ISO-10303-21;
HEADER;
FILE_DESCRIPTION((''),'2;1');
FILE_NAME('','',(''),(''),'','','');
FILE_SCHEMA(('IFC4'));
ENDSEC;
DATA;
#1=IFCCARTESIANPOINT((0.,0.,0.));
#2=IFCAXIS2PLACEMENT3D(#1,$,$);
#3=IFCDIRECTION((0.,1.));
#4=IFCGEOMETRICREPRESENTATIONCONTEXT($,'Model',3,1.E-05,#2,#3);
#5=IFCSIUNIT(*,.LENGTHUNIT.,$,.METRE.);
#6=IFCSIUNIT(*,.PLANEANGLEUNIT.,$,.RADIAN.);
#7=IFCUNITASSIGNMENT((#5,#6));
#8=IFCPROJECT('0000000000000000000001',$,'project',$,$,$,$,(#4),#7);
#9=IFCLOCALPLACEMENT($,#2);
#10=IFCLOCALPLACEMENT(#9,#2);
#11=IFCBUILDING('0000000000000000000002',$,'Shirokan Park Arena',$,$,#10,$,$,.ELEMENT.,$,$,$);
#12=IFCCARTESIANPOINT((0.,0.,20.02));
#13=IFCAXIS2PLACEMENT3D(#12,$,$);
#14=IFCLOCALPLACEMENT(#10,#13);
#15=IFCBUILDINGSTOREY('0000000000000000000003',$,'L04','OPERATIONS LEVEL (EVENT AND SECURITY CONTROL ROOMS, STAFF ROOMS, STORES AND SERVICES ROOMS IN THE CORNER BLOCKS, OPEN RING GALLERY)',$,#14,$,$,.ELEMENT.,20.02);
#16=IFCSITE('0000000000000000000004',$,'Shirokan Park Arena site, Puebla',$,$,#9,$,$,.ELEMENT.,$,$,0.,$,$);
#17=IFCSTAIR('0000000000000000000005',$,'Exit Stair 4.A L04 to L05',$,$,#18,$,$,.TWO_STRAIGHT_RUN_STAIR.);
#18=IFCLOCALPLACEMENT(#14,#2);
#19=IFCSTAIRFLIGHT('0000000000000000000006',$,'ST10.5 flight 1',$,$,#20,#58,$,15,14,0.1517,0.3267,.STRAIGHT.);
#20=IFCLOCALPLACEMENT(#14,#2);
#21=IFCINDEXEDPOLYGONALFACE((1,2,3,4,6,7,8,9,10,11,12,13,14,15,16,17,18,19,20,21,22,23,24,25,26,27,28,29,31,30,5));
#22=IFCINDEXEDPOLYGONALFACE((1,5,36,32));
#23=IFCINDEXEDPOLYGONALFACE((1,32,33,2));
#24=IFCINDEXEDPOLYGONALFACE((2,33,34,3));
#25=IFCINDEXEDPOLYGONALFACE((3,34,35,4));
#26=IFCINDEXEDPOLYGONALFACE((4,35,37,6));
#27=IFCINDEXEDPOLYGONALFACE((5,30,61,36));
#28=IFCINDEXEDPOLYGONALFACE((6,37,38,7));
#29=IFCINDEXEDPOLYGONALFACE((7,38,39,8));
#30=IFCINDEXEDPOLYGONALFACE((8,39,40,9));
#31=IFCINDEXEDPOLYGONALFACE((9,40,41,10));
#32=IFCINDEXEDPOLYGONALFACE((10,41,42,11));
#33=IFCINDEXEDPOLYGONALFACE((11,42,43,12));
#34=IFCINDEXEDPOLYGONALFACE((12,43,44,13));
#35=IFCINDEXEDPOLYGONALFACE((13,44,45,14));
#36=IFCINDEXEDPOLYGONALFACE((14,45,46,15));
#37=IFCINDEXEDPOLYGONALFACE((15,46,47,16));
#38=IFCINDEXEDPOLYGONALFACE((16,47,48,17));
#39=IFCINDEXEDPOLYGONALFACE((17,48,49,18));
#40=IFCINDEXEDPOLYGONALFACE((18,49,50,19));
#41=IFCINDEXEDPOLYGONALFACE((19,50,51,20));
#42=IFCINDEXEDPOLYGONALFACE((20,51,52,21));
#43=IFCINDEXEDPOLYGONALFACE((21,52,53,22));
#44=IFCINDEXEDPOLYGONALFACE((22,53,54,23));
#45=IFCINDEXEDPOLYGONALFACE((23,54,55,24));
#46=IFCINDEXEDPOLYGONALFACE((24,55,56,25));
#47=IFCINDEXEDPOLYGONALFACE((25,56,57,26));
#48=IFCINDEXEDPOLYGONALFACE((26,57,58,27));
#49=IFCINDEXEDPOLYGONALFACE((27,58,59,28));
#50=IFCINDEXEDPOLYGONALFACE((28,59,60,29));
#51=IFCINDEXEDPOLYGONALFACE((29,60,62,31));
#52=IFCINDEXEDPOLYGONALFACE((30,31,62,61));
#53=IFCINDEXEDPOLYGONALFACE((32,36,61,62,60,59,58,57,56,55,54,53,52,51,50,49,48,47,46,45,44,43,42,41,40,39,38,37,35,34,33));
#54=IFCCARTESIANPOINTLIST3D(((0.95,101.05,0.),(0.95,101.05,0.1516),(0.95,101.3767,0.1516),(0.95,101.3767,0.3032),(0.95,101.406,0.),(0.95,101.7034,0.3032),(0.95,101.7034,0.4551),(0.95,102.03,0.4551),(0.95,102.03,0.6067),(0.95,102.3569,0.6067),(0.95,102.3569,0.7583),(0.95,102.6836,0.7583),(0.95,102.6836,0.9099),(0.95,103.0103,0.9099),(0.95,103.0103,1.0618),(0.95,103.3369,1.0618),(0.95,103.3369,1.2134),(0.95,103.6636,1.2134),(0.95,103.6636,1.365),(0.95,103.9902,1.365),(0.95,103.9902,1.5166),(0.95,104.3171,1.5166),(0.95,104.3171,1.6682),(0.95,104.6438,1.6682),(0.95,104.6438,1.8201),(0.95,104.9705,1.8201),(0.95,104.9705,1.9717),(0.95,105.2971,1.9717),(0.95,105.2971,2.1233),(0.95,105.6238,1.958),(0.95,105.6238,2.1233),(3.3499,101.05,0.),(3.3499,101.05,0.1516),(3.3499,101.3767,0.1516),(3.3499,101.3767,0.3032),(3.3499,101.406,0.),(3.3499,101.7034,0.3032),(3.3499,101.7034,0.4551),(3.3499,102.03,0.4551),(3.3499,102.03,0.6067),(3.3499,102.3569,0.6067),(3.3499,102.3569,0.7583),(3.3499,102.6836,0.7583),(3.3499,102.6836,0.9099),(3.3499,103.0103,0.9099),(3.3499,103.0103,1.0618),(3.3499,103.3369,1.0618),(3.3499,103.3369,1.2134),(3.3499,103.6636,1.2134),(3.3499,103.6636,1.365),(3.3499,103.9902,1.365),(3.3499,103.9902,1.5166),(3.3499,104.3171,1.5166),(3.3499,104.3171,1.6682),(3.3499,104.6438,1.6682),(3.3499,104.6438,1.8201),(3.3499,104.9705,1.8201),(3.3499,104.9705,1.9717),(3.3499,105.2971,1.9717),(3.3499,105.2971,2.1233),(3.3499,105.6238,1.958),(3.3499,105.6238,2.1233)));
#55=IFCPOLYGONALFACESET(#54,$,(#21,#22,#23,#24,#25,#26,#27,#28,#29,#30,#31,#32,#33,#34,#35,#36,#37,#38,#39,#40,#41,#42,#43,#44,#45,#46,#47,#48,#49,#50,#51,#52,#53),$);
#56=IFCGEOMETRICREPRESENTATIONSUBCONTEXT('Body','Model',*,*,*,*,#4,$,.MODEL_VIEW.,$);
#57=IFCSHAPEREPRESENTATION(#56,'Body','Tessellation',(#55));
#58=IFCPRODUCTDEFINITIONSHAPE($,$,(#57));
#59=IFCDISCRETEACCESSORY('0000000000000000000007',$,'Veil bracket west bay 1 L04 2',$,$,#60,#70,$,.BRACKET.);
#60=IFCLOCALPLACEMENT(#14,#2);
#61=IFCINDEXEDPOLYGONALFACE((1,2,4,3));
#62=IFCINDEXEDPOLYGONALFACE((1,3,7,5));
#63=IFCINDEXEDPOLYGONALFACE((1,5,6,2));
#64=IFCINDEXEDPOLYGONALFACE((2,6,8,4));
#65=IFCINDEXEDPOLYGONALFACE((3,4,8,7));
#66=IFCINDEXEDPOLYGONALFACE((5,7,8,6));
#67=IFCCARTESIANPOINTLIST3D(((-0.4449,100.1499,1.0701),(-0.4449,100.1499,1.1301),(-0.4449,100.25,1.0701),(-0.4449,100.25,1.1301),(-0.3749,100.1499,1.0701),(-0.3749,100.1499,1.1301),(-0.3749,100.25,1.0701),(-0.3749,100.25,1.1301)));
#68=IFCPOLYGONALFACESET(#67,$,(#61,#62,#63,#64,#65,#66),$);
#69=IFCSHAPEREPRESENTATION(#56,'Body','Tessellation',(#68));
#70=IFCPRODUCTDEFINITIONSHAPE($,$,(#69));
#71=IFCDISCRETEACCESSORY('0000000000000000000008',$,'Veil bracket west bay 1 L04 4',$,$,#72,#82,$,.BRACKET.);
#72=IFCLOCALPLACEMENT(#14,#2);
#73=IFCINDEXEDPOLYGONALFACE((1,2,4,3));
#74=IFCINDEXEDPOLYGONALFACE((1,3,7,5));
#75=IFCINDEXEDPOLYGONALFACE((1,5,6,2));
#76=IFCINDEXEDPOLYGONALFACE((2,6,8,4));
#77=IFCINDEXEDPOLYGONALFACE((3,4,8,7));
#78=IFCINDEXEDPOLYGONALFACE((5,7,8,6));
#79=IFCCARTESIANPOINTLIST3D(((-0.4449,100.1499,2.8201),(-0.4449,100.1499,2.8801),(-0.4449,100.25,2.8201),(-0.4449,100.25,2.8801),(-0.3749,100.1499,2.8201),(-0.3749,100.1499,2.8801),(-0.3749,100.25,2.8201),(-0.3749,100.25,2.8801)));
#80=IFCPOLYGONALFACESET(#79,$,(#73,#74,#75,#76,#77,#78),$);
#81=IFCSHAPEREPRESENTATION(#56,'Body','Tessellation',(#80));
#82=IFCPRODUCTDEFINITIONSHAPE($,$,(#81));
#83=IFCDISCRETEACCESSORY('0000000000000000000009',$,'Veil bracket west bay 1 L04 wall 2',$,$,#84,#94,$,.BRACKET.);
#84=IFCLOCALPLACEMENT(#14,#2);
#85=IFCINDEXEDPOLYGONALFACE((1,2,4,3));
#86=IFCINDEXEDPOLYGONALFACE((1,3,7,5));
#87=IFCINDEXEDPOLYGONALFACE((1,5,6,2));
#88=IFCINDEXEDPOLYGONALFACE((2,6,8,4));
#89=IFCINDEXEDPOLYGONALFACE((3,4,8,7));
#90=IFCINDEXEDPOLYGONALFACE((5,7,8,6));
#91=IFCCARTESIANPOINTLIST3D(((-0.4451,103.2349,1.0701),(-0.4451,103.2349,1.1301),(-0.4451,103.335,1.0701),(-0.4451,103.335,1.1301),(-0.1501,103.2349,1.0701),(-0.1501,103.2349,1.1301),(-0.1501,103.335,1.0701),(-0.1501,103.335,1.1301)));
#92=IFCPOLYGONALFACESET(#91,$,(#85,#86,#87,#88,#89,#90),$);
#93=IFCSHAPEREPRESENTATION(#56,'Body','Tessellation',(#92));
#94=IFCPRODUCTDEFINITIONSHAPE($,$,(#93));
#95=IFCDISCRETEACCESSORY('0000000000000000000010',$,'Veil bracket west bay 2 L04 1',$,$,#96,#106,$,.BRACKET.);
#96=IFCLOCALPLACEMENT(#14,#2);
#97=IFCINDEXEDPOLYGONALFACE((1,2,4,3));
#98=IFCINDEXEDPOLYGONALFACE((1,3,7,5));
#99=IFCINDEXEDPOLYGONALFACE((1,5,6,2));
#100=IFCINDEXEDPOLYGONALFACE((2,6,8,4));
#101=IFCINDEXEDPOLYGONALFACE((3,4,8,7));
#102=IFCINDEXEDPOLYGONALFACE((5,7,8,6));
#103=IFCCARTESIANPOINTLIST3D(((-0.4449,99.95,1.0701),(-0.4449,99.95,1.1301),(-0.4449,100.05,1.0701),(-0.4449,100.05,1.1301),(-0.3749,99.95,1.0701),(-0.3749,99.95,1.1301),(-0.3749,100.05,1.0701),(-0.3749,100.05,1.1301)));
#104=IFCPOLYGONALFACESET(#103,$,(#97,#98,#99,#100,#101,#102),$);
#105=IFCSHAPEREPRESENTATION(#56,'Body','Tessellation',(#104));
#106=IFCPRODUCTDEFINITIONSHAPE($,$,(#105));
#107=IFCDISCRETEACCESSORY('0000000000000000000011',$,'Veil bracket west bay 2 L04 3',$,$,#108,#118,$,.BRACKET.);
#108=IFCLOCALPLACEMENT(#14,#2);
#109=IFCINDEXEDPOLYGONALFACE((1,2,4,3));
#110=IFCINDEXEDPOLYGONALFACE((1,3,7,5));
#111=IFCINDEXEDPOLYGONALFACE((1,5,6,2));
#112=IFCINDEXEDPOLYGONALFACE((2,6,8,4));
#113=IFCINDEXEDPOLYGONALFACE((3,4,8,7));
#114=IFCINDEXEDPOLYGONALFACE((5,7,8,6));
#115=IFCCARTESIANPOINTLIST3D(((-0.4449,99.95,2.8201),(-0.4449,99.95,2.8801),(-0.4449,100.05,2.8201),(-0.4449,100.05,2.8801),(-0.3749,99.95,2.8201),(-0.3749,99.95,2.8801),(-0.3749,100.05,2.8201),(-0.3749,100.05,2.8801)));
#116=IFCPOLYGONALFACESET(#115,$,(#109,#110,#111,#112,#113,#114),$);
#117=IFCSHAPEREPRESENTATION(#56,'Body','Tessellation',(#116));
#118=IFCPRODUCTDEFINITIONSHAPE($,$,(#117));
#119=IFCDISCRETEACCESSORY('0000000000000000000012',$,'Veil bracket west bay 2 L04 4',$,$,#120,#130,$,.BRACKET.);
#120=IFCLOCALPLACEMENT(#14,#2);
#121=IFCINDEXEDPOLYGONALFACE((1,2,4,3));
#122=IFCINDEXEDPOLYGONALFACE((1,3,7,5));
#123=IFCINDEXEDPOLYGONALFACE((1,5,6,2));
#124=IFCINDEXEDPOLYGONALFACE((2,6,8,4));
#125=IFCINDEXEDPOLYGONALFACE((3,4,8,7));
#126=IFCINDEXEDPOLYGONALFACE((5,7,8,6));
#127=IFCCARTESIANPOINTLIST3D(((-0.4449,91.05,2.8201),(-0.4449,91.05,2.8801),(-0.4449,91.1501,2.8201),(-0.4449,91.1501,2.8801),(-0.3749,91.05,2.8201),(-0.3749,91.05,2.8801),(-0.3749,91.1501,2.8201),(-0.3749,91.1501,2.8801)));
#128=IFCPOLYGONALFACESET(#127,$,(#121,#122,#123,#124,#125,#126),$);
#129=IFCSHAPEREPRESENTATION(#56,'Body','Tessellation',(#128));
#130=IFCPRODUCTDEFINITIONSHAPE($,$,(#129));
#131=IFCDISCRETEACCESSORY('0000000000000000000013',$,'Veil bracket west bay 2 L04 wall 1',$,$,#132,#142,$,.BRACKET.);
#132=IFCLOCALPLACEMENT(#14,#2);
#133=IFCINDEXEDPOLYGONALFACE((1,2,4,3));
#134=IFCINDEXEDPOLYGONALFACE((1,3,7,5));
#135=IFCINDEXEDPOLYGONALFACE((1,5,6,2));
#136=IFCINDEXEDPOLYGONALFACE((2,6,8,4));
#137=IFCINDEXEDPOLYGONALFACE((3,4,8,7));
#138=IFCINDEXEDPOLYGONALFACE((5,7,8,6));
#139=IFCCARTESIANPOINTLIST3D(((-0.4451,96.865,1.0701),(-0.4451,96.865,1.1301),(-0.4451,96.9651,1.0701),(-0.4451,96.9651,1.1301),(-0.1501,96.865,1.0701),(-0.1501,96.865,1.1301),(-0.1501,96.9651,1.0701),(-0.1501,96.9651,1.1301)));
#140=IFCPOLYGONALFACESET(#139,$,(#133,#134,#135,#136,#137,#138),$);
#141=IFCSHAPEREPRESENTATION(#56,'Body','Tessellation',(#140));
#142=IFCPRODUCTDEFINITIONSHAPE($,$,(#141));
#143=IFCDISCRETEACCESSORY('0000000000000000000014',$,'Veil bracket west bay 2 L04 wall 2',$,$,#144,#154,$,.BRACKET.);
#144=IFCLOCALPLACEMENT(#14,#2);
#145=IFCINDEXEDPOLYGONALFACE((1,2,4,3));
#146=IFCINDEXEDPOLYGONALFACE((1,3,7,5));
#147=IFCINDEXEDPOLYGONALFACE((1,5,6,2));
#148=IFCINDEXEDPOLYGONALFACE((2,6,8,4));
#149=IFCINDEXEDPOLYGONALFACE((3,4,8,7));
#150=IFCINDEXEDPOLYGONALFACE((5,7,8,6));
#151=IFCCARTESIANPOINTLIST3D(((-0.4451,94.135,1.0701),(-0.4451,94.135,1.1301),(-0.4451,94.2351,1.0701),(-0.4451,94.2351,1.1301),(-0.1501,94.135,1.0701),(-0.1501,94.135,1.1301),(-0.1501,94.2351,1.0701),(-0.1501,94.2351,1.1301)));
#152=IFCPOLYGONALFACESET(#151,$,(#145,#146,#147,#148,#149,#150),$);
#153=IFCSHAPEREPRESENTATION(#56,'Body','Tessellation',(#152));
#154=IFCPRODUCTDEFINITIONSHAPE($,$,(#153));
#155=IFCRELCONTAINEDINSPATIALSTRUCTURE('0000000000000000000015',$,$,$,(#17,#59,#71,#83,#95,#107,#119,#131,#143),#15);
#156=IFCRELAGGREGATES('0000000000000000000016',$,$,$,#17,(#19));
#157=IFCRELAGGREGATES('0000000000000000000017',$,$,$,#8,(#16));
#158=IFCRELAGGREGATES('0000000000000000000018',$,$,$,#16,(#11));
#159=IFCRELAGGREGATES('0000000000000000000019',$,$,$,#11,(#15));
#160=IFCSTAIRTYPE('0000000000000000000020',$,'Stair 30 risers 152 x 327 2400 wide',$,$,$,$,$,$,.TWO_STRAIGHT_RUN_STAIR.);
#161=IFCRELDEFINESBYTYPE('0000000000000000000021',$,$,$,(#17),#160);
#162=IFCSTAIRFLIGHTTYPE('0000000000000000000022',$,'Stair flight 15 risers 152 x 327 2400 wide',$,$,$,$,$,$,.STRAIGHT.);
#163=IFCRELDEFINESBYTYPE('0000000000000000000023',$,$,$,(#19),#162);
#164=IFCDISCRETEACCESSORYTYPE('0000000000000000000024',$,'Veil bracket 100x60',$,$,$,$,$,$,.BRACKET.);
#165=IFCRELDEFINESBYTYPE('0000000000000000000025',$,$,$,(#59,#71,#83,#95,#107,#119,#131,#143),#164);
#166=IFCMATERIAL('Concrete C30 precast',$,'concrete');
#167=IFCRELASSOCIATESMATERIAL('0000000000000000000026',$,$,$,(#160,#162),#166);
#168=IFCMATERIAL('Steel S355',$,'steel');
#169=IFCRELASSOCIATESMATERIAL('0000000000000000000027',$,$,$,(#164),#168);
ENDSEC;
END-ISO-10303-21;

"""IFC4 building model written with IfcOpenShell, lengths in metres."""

from ifc_helpers import new_model, si_unit, direction, frame, origin, origin_2d, place, context, subcontext, project, spatial, polyline, rectangle, outline, extrude, material, type_object, element, aggregate, save


model = new_model("IFC4")

# Units and contexts
model_context = context("Model", 3, precision=1e-05, world=origin(), true_north=direction((0.0, 1.0)))
body_context = subcontext(model_context, "Body", "Model", "MODEL_VIEW")
ifc_project = project(units=[si_unit("LENGTHUNIT", "METRE"), si_unit("PLANEANGLEUNIT", "RADIAN")], contexts=[model_context])

# Site, building, storey
site_placement = place(None, origin())
site = spatial("IfcSite", under=ifc_project, at=site_placement, Name="Shirokan Park Arena site, Puebla", CompositionType="ELEMENT", RefElevation=0.0)
building_placement = place(site_placement, origin())
building = spatial("IfcBuilding", under=site, at=building_placement, Name="Shirokan Park Arena", CompositionType="ELEMENT")
storey_placement = place(building_placement, frame((0.0, 0.0, 20.02)))
storey = spatial("IfcBuildingStorey", under=building, at=storey_placement, Name="L04", Description="OPERATIONS LEVEL (EVENT AND SECURITY CONTROL ROOMS, STAFF ROOMS, STORES AND SERVICES ROOMS IN THE CORNER BLOCKS, OPEN RING GALLERY)", CompositionType="ELEMENT", Elevation=20.02)

# Stair, stair flight
ifc_material_1 = material(Name="Concrete C30 precast", Category="concrete")
stair_type = type_object("IfcStairType", Name="Stair 30 risers 152 x 327 2400 wide", PredefinedType="TWO_STRAIGHT_RUN_STAIR", material=ifc_material_1)
stair_placement = place(storey_placement, origin())
stair = element("IfcStair", 1, at=stair_placement, inside=storey, type_object=stair_type, Name="Exit Stair 4.A L04 to L05", PredefinedType="TWO_STRAIGHT_RUN_STAIR")
stair_flight_type = type_object("IfcStairFlightType", Name="Stair flight 15 risers 152 x 327 2400 wide", PredefinedType="STRAIGHT", material=ifc_material_1)
stair_flight_placement = place(storey_placement, frame((2.1499, 101.05, 0.0), z_axis=(0.0, 0.0, 1.0), x_axis=(0.0, 1.0, 0.0)))
stair_flight = element("IfcStairFlight", 2, at=stair_flight_placement, type_object=stair_flight_type, Name="ST10.5 flight 1", NumberOfRisers=15, NumberOfTreads=14, PredefinedType="STRAIGHT", RiserHeight=0.1517, TreadLength=0.3267, context=body_context, shape_type="SweptSolid", body=[
    extrude(outline(polyline([(0.0, 0.0), (0.0, 0.1516), (0.3267, 0.1516), (0.3267, 0.3032), (0.6533, 0.3032), (0.6533, 0.4551), (0.98, 0.4551), (0.98, 0.6067), (1.3069, 0.6067), (1.3069, 0.7583), (1.6335, 0.7583), (1.6335, 0.9099), (1.9602, 0.9099), (1.9602, 1.0618), (2.2869, 1.0618), (2.2869, 1.2134), (2.6135, 1.2134), (2.6135, 1.365), (2.9402, 1.365), (2.9402, 1.5166), (3.2671, 1.5166), (3.2671, 1.6682), (3.5938, 1.6682), (3.5938, 1.8201), (3.9204, 1.8201), (3.9204, 1.9717), (4.2471, 1.9717), (4.2471, 2.1233), (4.5737, 2.1233), (4.5737, 2.2749), (4.5737, 1.958), (0.356, 0.0), (0.0, 0.0)])), frame((0.0, 1.2, 0.0), z_axis=(0.0, -1.0, 0.0), x_axis=(1.0, 0.0, 0.0)), (0.0, 0.0, 1.0), 2.3999),
])
aggregate(stair, [stair_flight])

# Discrete accessories
ifc_material_2 = material(Name="Steel S355", Category="steel")
discrete_accessory_type = type_object("IfcDiscreteAccessoryType", Name="Veil bracket 100x60", PredefinedType="BRACKET", material=ifc_material_2)
for number, where, z_axis, x_axis, name in (
    (3, (-0.4099, 100.2, 1.0701), (0.0, 0.0, 1.0), (0.0, -1.0, 0.0), "Veil bracket west bay 1 L04 2"),
    (4, (-0.4099, 100.2, 2.8201), (0.0, 0.0, 1.0), (0.0, -1.0, 0.0), "Veil bracket west bay 1 L04 4"),
):
    element("IfcDiscreteAccessory", number, at=place(storey_placement, frame(where, z_axis=z_axis, x_axis=x_axis)), inside=storey, type_object=discrete_accessory_type, Name=name, PredefinedType="BRACKET", context=body_context, shape_type="SweptSolid", body=[
        extrude(rectangle(XDim=0.1001, YDim=0.0701, at=origin_2d()), origin(), (0.0, 0.0, 1.0), 0.0601),
    ])
discrete_accessory_placement = place(storey_placement, frame((-0.2976, 103.2849, 1.0701), z_axis=(0.0, 0.0, 1.0), x_axis=(0.0, -1.0, 0.0)))
element("IfcDiscreteAccessory", 5, at=discrete_accessory_placement, inside=storey, type_object=discrete_accessory_type, Name="Veil bracket west bay 1 L04 wall 2", PredefinedType="BRACKET", context=body_context, shape_type="SweptSolid", body=[
    extrude(rectangle(XDim=0.1001, YDim=0.2949, at=origin_2d()), origin(), (0.0, 0.0, 1.0), 0.0601),
])
for number, where, z_axis, x_axis, name in (
    (6, (-0.4099, 100.0, 1.0701), (0.0, 0.0, 1.0), (0.0, -1.0, 0.0), "Veil bracket west bay 2 L04 1"),
    (7, (-0.4099, 100.0, 2.8201), (0.0, 0.0, 1.0), (0.0, -1.0, 0.0), "Veil bracket west bay 2 L04 3"),
    (8, (-0.4099, 91.1001, 2.8201), (0.0, 0.0, 1.0), (0.0, -1.0, 0.0), "Veil bracket west bay 2 L04 4"),
):
    element("IfcDiscreteAccessory", number, at=place(storey_placement, frame(where, z_axis=z_axis, x_axis=x_axis)), inside=storey, type_object=discrete_accessory_type, Name=name, PredefinedType="BRACKET", context=body_context, shape_type="SweptSolid", body=[
        extrude(rectangle(XDim=0.1001, YDim=0.0701, at=origin_2d()), origin(), (0.0, 0.0, 1.0), 0.0601),
    ])
for number, where, z_axis, x_axis, name in (
    (9, (-0.2976, 96.915, 1.0701), (0.0, 0.0, 1.0), (0.0, -1.0, 0.0), "Veil bracket west bay 2 L04 wall 1"),
    (10, (-0.2976, 94.1851, 1.0701), (0.0, 0.0, 1.0), (0.0, -1.0, 0.0), "Veil bracket west bay 2 L04 wall 2"),
):
    element("IfcDiscreteAccessory", number, at=place(storey_placement, frame(where, z_axis=z_axis, x_axis=x_axis)), inside=storey, type_object=discrete_accessory_type, Name=name, PredefinedType="BRACKET", context=body_context, shape_type="SweptSolid", body=[
        extrude(rectangle(XDim=0.1001, YDim=0.2949, at=origin_2d()), origin(), (0.0, 0.0, 1.0), 0.0601),
    ])

save(model, "model.ifc")
